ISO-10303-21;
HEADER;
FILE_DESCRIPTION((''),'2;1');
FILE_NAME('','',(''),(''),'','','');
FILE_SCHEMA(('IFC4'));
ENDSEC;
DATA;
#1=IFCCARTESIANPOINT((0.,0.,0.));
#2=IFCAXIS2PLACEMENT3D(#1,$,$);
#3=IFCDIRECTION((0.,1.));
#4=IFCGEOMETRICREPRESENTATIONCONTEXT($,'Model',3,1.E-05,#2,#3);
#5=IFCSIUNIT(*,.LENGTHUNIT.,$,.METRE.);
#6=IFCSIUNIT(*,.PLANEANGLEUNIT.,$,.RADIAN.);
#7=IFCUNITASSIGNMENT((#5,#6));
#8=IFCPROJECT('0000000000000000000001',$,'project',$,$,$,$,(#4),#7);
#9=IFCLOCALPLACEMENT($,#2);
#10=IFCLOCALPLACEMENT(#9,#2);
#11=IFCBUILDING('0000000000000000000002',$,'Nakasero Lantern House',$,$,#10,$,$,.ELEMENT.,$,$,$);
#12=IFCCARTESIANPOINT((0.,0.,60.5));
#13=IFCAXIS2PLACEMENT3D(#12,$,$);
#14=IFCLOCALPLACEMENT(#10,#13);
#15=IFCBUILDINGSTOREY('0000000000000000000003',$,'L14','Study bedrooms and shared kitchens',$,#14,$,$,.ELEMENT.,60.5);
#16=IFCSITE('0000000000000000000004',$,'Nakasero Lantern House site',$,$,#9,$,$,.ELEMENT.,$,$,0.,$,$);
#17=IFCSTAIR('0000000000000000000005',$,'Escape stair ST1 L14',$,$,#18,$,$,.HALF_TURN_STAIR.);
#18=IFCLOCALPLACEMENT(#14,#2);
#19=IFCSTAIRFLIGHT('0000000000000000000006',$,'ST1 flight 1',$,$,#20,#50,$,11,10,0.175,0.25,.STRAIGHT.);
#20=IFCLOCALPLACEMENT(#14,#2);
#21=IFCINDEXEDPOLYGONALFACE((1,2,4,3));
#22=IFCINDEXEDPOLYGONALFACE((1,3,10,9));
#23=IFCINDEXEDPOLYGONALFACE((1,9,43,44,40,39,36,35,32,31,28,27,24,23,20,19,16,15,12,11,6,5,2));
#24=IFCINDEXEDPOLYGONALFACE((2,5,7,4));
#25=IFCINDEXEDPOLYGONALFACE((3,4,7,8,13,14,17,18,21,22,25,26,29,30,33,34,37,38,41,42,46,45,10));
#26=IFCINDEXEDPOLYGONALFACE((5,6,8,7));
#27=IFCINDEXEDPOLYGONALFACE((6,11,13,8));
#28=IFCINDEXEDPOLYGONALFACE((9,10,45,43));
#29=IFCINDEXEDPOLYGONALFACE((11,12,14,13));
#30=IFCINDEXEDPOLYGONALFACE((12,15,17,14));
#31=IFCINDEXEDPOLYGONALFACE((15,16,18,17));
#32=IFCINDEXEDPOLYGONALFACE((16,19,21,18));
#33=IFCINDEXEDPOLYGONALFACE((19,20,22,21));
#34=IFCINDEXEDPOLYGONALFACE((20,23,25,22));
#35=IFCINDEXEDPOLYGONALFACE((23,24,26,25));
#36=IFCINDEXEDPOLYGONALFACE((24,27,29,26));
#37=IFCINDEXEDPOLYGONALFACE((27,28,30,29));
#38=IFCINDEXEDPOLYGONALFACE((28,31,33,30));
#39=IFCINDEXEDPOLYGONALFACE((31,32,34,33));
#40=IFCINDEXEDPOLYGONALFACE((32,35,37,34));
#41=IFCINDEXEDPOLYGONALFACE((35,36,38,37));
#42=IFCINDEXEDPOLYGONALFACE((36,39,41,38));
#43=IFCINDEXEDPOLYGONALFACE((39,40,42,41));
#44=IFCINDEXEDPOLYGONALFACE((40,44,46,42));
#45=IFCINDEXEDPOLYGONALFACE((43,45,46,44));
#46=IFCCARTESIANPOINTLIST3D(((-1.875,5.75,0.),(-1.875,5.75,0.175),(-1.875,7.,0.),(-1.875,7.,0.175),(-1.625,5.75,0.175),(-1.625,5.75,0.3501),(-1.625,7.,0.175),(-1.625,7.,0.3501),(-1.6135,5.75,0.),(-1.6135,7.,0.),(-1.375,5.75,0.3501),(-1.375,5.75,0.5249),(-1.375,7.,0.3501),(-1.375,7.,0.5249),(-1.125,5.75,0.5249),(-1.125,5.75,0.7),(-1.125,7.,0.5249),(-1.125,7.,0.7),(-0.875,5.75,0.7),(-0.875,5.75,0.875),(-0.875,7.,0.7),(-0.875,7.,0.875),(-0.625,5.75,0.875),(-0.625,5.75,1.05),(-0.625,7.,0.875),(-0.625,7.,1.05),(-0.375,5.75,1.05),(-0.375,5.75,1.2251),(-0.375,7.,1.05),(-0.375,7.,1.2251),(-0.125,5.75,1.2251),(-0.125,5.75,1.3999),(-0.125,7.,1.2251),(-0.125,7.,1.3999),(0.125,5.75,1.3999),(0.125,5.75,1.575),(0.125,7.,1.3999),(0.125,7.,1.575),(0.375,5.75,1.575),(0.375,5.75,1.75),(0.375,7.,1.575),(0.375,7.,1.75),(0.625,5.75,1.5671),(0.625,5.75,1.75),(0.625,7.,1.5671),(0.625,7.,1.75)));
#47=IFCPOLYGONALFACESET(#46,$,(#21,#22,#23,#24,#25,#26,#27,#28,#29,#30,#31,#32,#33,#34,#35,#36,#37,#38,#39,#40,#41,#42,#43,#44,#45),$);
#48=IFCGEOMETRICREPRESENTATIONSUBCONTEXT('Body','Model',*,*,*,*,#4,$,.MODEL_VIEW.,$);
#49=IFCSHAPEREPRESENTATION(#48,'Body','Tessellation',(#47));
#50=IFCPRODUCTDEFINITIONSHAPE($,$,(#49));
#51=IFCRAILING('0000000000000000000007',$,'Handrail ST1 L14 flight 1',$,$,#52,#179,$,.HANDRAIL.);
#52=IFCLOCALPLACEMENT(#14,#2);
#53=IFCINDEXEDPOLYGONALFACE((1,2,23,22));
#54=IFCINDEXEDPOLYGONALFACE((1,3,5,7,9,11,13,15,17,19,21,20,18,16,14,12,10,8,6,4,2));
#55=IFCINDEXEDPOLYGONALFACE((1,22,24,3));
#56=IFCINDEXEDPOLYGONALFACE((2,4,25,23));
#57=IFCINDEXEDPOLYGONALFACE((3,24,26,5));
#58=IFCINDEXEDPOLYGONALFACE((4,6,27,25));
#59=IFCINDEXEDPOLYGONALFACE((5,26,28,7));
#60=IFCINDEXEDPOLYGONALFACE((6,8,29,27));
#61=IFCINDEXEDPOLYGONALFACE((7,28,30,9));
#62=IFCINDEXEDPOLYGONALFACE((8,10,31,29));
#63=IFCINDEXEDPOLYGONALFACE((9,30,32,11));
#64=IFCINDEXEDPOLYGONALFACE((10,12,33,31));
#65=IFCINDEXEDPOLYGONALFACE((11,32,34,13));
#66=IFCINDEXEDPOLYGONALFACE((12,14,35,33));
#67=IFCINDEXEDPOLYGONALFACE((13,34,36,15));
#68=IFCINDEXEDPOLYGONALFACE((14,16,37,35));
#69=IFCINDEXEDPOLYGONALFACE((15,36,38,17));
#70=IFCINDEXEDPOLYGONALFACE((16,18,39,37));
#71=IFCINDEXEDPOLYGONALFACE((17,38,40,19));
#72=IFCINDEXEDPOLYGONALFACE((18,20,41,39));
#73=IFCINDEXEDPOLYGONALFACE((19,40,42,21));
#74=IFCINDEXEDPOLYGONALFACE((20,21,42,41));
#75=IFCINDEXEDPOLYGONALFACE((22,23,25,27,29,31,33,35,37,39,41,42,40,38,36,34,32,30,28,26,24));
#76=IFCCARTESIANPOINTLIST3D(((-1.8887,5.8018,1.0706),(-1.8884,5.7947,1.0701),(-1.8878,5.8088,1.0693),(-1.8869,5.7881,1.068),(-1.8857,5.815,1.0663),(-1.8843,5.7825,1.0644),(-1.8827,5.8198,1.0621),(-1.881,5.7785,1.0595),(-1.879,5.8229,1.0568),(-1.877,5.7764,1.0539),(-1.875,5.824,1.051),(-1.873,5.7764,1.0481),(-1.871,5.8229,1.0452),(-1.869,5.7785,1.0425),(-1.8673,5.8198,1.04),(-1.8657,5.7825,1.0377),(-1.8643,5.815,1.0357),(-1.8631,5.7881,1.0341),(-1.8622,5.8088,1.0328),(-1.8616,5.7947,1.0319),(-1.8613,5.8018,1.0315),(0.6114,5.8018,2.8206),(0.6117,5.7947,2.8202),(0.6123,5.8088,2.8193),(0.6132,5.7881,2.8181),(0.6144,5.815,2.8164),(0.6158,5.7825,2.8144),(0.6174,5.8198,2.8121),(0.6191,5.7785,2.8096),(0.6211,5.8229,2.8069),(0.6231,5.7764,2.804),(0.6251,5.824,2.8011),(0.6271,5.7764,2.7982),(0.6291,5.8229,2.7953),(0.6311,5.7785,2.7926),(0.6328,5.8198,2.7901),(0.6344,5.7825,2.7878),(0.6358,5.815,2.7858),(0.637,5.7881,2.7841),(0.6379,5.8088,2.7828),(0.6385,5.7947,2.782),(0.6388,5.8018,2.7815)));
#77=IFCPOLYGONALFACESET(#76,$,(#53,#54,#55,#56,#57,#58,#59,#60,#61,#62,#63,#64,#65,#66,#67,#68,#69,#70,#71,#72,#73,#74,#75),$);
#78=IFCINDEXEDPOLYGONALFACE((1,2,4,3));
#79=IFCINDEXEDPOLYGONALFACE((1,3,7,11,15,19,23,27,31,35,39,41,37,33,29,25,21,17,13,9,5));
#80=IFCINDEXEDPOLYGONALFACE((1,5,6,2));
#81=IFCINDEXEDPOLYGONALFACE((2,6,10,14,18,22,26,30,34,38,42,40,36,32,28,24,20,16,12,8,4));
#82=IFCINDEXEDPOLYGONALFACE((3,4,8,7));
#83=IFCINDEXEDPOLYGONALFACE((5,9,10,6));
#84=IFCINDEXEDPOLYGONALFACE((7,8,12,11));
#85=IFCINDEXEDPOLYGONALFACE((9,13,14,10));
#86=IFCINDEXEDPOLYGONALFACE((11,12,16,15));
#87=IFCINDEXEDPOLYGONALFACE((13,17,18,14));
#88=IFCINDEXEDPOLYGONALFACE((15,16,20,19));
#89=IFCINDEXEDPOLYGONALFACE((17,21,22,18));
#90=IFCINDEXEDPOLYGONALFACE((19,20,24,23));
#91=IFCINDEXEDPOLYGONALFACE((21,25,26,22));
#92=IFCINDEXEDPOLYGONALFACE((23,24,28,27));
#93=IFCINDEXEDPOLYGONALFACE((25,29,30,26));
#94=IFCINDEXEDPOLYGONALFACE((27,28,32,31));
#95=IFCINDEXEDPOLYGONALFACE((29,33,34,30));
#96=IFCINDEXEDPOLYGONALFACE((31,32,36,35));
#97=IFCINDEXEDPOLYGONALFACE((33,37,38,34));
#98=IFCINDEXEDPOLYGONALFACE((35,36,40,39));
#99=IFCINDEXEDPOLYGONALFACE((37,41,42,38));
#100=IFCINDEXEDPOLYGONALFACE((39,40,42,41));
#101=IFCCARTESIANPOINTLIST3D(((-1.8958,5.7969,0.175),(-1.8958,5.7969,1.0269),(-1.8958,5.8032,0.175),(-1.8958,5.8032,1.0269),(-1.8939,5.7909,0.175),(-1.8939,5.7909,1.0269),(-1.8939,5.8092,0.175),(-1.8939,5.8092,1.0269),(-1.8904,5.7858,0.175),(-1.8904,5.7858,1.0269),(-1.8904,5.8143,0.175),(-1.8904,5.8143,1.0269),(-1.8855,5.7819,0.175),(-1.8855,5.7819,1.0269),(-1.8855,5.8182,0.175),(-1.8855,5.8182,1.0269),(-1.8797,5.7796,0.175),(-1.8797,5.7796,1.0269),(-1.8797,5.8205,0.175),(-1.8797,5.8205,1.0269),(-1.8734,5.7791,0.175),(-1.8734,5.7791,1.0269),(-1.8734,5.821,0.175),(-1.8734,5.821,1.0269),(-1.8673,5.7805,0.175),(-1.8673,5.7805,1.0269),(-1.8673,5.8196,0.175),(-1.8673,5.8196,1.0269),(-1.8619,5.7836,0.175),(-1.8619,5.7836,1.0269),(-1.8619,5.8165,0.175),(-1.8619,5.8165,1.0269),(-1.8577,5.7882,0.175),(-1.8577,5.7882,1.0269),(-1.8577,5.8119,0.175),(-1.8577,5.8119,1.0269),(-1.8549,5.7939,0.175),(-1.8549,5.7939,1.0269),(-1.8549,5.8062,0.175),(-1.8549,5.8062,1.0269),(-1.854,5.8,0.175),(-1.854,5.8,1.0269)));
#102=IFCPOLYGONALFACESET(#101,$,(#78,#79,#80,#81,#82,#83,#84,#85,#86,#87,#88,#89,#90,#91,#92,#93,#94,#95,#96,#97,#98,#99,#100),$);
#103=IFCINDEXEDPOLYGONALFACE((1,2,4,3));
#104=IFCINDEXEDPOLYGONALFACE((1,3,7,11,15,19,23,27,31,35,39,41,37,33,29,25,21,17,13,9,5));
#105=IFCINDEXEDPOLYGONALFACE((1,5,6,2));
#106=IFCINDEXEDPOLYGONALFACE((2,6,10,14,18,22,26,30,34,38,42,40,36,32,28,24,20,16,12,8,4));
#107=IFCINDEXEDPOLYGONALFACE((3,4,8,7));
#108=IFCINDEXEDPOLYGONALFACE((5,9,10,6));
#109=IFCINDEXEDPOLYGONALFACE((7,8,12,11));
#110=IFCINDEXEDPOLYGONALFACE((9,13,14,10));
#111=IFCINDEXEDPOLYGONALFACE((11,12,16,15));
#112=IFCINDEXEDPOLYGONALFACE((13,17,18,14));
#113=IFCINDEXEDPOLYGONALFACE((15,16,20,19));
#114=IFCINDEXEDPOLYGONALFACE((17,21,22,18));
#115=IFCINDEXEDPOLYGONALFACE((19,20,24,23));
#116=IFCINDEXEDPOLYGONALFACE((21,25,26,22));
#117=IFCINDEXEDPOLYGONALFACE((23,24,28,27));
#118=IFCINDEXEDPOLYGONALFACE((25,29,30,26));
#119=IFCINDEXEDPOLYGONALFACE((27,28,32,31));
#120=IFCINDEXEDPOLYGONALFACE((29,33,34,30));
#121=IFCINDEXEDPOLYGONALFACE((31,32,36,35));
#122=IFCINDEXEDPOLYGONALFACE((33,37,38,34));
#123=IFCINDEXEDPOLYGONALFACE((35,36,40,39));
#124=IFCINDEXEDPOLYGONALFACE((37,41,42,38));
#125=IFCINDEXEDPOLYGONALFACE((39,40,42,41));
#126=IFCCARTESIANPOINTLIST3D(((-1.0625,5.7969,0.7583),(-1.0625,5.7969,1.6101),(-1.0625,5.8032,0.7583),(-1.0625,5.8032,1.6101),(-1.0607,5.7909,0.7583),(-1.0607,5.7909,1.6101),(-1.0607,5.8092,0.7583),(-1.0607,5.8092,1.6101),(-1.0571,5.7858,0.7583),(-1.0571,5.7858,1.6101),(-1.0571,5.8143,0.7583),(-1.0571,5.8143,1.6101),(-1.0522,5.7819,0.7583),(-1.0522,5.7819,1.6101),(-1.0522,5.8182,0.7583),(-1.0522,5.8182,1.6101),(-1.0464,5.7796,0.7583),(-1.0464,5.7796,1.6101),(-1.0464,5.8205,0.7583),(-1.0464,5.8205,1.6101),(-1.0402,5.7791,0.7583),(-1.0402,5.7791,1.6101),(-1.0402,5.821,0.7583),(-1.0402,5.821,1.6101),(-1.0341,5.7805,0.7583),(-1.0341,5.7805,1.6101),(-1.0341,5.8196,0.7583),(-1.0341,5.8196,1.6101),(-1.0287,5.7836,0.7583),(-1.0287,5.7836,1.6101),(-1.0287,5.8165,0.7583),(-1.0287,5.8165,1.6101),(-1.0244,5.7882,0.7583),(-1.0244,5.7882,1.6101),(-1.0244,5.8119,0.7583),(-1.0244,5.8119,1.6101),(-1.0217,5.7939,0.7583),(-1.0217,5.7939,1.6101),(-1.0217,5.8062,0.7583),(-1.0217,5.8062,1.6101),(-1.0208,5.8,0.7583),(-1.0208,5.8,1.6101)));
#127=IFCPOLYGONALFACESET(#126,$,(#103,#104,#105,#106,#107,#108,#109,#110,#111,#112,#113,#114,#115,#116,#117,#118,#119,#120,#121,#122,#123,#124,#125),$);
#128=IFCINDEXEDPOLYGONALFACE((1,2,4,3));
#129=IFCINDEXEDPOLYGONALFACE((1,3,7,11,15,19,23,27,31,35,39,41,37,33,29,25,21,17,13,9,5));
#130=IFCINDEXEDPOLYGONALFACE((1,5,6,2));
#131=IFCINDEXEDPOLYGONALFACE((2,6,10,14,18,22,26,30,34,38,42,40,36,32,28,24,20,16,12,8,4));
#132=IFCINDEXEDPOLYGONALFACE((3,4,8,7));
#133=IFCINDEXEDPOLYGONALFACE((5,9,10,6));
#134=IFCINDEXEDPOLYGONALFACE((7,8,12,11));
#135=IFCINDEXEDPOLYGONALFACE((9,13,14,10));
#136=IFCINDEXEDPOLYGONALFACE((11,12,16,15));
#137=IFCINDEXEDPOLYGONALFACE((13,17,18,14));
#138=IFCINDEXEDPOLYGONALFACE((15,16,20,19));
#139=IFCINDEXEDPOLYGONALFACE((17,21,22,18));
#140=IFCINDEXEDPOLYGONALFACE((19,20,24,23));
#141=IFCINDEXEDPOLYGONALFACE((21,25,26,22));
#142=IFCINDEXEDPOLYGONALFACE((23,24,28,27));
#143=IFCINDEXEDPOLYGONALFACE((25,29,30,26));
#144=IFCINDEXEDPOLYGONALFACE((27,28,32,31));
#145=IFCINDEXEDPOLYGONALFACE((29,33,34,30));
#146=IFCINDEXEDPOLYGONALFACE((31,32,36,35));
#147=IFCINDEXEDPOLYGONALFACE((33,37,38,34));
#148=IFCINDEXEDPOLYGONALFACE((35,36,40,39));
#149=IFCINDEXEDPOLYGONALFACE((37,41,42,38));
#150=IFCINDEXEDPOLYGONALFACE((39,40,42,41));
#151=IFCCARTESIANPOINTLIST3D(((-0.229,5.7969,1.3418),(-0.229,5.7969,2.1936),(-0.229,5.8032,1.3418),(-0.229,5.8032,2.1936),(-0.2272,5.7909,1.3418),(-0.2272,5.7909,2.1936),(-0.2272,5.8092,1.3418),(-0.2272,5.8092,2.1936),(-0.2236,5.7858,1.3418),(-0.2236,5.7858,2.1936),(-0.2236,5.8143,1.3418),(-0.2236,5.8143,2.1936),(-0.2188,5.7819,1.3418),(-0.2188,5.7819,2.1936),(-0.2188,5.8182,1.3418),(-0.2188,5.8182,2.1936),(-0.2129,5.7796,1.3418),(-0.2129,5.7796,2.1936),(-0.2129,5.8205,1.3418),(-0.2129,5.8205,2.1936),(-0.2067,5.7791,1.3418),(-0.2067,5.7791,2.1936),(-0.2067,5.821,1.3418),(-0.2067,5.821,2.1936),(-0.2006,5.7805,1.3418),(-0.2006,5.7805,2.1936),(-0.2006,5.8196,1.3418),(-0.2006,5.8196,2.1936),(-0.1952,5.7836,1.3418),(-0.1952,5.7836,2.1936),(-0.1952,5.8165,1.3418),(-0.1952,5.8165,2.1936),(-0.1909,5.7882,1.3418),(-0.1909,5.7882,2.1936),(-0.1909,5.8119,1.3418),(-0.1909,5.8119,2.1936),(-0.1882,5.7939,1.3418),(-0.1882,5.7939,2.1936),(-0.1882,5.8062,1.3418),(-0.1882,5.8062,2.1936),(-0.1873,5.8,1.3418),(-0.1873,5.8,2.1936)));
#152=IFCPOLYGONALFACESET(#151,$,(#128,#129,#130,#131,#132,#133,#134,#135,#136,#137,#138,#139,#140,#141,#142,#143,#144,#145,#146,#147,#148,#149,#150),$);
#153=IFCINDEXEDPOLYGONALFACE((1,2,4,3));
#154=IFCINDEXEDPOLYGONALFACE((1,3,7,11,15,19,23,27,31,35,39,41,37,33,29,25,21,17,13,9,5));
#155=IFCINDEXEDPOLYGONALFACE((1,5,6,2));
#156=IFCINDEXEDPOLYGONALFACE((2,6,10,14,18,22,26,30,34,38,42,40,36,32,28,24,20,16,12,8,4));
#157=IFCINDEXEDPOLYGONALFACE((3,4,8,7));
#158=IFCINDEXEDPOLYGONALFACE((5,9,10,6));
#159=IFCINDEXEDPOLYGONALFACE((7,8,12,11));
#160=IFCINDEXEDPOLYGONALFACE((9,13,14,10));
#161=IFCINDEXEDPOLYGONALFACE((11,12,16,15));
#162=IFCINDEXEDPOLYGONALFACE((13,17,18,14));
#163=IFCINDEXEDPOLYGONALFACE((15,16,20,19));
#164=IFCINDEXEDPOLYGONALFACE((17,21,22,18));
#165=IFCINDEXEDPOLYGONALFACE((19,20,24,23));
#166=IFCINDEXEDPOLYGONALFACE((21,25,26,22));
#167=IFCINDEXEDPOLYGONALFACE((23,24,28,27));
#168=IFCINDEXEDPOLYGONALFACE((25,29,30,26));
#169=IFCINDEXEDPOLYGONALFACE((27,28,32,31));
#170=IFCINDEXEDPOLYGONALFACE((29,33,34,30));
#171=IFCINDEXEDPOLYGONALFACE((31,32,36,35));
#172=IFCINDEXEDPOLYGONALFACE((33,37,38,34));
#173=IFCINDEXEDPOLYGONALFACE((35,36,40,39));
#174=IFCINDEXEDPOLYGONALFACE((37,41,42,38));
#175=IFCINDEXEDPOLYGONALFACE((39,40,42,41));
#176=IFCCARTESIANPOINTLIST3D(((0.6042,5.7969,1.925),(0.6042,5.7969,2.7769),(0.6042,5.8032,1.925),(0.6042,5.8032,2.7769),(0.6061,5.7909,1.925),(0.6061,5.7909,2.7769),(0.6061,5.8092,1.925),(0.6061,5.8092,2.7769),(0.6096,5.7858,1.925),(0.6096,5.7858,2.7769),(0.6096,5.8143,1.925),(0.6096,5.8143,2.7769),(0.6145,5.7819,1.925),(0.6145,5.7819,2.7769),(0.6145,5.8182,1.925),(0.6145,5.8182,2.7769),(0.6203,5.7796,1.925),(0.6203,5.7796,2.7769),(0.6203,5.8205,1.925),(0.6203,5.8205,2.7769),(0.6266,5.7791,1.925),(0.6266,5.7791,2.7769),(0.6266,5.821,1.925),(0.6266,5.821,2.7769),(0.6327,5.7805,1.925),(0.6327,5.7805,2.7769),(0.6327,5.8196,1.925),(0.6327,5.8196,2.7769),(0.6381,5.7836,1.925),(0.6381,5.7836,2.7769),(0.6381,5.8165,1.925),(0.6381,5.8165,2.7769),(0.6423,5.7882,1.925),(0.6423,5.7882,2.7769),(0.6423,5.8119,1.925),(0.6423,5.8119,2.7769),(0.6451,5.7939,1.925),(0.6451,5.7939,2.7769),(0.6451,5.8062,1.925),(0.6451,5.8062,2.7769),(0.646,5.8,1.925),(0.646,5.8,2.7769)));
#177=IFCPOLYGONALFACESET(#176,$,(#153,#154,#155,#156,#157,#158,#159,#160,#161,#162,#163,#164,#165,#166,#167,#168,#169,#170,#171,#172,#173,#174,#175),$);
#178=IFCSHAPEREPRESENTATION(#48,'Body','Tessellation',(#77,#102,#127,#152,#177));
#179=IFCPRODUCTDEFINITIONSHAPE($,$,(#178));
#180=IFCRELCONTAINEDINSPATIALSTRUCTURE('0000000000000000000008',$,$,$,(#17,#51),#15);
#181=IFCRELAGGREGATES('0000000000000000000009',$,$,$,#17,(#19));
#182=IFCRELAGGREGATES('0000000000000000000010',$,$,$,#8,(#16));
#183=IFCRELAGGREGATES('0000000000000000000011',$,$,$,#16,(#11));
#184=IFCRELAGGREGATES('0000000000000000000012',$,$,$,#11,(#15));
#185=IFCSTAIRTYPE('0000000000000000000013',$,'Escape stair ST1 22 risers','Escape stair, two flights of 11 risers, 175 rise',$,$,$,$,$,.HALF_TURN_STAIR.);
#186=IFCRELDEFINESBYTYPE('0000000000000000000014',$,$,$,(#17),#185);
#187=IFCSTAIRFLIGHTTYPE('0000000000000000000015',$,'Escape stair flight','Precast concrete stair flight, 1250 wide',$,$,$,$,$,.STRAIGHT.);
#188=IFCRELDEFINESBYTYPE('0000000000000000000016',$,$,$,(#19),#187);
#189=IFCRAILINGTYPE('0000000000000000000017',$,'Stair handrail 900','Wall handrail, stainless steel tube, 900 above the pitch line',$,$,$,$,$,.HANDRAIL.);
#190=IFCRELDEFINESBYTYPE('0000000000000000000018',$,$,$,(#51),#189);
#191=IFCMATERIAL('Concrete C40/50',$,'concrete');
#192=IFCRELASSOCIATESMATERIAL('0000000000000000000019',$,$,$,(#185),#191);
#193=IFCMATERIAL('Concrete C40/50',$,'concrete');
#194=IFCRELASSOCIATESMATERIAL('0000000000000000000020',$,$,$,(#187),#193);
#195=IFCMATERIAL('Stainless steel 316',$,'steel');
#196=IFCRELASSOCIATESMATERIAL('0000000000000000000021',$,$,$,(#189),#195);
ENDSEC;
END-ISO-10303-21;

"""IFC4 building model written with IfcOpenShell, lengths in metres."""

from ifc_helpers import new_model, si_unit, direction, frame, origin, origin_2d, place, context, subcontext, project, spatial, polyline, circle, outline, extrude, material, type_object, element, aggregate, save


model = new_model("IFC4")

# Units and contexts
model_context = context("Model", 3, precision=1e-05, world=origin(), true_north=direction((0.0, 1.0)))
body_context = subcontext(model_context, "Body", "Model", "MODEL_VIEW")
ifc_project = project(units=[si_unit("LENGTHUNIT", "METRE"), si_unit("PLANEANGLEUNIT", "RADIAN")], contexts=[model_context])

# Site, building, storey
site_placement = place(None, origin())
site = spatial("IfcSite", under=ifc_project, at=site_placement, Name="Nakasero Lantern House site", CompositionType="ELEMENT", RefElevation=0.0)
building_placement = place(site_placement, origin())
building = spatial("IfcBuilding", under=site, at=building_placement, Name="Nakasero Lantern House", CompositionType="ELEMENT")
storey_placement = place(building_placement, frame((0.0, 0.0, 60.5)))
storey = spatial("IfcBuildingStorey", under=building, at=storey_placement, Name="L14", Description="Study bedrooms and shared kitchens", CompositionType="ELEMENT", Elevation=60.5)

# Stair, stair flight
ifc_material_1 = material(Name="Concrete C40/50", Category="concrete")
stair_type = type_object("IfcStairType", Name="Escape stair ST1 22 risers", Description="Escape stair, two flights of 11 risers, 175 rise", PredefinedType="HALF_TURN_STAIR", material=ifc_material_1)
stair_placement = place(storey_placement, origin())
stair = element("IfcStair", 1, at=stair_placement, inside=storey, type_object=stair_type, Name="Escape stair ST1 L14", PredefinedType="HALF_TURN_STAIR")
ifc_material_2 = material(Name="Concrete C40/50", Category="concrete")
stair_flight_type = type_object("IfcStairFlightType", Name="Escape stair flight", Description="Precast concrete stair flight, 1250 wide", PredefinedType="STRAIGHT", material=ifc_material_2)
stair_flight_placement = place(storey_placement, frame((-1.875, 6.375, 0.0), z_axis=(0.0, 0.0, 1.0), x_axis=(1.0, 0.0, 0.0)))
stair_flight = element("IfcStairFlight", 2, at=stair_flight_placement, type_object=stair_flight_type, Name="ST1 flight 1", NumberOfRisers=11, NumberOfTreads=10, PredefinedType="STRAIGHT", RiserHeight=0.175, TreadLength=0.25, context=body_context, shape_type="SweptSolid", body=[
    extrude(outline(polyline([(0.0, 0.0), (0.0, 0.175), (0.25, 0.175), (0.25, 0.3501), (0.5, 0.3501), (0.5, 0.5249), (0.75, 0.5249), (0.75, 0.7), (1.0, 0.7), (1.0, 0.875), (1.25, 0.875), (1.25, 1.05), (1.5, 1.05), (1.5, 1.2251), (1.75, 1.2251), (1.75, 1.3999), (2.0, 1.3999), (2.0, 1.575), (2.25, 1.575), (2.25, 1.75), (2.5, 1.75), (2.5, 1.925), (2.5, 1.5671), (0.2615, 0.0), (0.0, 0.0)])), frame((0.0, 0.625, 0.0), z_axis=(0.0, -1.0, 0.0), x_axis=(1.0, 0.0, 0.0)), (0.0, 0.0, 1.0), 1.25),
])
aggregate(stair, [stair_flight])

# Railing
ifc_material_3 = material(Name="Stainless steel 316", Category="steel")
railing_type = type_object("IfcRailingType", Name="Stair handrail 900", Description="Wall handrail, stainless steel tube, 900 above the pitch line", PredefinedType="HANDRAIL", material=ifc_material_3)
railing_placement = place(storey_placement, frame((-1.875, 5.8, 0.175)))
element("IfcRailing", 3, at=railing_placement, inside=storey, type_object=railing_type, Name="Handrail ST1 L14 flight 1", PredefinedType="HANDRAIL", context=body_context, shape_type="SweptSolid", body=[
    extrude(circle(Radius=0.0239, at=origin_2d()), frame((0.0, 0.0, 0.876), z_axis=(0.819232, 0.0, 0.573462), x_axis=(0.0, 1.0, 0.0)), (0.0, 0.0, 1.0), 3.0518),
    extrude(circle(Radius=0.021, at=origin_2d()), origin(), (0.0, 0.0, 1.0), 0.8518),
    extrude(circle(Radius=0.021, at=origin_2d()), frame((0.8333, 0.0, 0.5833)), (0.0, 0.0, 1.0), 0.8518),
    extrude(circle(Radius=0.021, at=origin_2d()), frame((1.6667, 0.0, 1.1667)), (0.0, 0.0, 1.0), 0.8518),
    extrude(circle(Radius=0.021, at=origin_2d()), frame((2.5, 0.0, 1.75)), (0.0, 0.0, 1.0), 0.8518),
])

save(model, "model.ifc")
